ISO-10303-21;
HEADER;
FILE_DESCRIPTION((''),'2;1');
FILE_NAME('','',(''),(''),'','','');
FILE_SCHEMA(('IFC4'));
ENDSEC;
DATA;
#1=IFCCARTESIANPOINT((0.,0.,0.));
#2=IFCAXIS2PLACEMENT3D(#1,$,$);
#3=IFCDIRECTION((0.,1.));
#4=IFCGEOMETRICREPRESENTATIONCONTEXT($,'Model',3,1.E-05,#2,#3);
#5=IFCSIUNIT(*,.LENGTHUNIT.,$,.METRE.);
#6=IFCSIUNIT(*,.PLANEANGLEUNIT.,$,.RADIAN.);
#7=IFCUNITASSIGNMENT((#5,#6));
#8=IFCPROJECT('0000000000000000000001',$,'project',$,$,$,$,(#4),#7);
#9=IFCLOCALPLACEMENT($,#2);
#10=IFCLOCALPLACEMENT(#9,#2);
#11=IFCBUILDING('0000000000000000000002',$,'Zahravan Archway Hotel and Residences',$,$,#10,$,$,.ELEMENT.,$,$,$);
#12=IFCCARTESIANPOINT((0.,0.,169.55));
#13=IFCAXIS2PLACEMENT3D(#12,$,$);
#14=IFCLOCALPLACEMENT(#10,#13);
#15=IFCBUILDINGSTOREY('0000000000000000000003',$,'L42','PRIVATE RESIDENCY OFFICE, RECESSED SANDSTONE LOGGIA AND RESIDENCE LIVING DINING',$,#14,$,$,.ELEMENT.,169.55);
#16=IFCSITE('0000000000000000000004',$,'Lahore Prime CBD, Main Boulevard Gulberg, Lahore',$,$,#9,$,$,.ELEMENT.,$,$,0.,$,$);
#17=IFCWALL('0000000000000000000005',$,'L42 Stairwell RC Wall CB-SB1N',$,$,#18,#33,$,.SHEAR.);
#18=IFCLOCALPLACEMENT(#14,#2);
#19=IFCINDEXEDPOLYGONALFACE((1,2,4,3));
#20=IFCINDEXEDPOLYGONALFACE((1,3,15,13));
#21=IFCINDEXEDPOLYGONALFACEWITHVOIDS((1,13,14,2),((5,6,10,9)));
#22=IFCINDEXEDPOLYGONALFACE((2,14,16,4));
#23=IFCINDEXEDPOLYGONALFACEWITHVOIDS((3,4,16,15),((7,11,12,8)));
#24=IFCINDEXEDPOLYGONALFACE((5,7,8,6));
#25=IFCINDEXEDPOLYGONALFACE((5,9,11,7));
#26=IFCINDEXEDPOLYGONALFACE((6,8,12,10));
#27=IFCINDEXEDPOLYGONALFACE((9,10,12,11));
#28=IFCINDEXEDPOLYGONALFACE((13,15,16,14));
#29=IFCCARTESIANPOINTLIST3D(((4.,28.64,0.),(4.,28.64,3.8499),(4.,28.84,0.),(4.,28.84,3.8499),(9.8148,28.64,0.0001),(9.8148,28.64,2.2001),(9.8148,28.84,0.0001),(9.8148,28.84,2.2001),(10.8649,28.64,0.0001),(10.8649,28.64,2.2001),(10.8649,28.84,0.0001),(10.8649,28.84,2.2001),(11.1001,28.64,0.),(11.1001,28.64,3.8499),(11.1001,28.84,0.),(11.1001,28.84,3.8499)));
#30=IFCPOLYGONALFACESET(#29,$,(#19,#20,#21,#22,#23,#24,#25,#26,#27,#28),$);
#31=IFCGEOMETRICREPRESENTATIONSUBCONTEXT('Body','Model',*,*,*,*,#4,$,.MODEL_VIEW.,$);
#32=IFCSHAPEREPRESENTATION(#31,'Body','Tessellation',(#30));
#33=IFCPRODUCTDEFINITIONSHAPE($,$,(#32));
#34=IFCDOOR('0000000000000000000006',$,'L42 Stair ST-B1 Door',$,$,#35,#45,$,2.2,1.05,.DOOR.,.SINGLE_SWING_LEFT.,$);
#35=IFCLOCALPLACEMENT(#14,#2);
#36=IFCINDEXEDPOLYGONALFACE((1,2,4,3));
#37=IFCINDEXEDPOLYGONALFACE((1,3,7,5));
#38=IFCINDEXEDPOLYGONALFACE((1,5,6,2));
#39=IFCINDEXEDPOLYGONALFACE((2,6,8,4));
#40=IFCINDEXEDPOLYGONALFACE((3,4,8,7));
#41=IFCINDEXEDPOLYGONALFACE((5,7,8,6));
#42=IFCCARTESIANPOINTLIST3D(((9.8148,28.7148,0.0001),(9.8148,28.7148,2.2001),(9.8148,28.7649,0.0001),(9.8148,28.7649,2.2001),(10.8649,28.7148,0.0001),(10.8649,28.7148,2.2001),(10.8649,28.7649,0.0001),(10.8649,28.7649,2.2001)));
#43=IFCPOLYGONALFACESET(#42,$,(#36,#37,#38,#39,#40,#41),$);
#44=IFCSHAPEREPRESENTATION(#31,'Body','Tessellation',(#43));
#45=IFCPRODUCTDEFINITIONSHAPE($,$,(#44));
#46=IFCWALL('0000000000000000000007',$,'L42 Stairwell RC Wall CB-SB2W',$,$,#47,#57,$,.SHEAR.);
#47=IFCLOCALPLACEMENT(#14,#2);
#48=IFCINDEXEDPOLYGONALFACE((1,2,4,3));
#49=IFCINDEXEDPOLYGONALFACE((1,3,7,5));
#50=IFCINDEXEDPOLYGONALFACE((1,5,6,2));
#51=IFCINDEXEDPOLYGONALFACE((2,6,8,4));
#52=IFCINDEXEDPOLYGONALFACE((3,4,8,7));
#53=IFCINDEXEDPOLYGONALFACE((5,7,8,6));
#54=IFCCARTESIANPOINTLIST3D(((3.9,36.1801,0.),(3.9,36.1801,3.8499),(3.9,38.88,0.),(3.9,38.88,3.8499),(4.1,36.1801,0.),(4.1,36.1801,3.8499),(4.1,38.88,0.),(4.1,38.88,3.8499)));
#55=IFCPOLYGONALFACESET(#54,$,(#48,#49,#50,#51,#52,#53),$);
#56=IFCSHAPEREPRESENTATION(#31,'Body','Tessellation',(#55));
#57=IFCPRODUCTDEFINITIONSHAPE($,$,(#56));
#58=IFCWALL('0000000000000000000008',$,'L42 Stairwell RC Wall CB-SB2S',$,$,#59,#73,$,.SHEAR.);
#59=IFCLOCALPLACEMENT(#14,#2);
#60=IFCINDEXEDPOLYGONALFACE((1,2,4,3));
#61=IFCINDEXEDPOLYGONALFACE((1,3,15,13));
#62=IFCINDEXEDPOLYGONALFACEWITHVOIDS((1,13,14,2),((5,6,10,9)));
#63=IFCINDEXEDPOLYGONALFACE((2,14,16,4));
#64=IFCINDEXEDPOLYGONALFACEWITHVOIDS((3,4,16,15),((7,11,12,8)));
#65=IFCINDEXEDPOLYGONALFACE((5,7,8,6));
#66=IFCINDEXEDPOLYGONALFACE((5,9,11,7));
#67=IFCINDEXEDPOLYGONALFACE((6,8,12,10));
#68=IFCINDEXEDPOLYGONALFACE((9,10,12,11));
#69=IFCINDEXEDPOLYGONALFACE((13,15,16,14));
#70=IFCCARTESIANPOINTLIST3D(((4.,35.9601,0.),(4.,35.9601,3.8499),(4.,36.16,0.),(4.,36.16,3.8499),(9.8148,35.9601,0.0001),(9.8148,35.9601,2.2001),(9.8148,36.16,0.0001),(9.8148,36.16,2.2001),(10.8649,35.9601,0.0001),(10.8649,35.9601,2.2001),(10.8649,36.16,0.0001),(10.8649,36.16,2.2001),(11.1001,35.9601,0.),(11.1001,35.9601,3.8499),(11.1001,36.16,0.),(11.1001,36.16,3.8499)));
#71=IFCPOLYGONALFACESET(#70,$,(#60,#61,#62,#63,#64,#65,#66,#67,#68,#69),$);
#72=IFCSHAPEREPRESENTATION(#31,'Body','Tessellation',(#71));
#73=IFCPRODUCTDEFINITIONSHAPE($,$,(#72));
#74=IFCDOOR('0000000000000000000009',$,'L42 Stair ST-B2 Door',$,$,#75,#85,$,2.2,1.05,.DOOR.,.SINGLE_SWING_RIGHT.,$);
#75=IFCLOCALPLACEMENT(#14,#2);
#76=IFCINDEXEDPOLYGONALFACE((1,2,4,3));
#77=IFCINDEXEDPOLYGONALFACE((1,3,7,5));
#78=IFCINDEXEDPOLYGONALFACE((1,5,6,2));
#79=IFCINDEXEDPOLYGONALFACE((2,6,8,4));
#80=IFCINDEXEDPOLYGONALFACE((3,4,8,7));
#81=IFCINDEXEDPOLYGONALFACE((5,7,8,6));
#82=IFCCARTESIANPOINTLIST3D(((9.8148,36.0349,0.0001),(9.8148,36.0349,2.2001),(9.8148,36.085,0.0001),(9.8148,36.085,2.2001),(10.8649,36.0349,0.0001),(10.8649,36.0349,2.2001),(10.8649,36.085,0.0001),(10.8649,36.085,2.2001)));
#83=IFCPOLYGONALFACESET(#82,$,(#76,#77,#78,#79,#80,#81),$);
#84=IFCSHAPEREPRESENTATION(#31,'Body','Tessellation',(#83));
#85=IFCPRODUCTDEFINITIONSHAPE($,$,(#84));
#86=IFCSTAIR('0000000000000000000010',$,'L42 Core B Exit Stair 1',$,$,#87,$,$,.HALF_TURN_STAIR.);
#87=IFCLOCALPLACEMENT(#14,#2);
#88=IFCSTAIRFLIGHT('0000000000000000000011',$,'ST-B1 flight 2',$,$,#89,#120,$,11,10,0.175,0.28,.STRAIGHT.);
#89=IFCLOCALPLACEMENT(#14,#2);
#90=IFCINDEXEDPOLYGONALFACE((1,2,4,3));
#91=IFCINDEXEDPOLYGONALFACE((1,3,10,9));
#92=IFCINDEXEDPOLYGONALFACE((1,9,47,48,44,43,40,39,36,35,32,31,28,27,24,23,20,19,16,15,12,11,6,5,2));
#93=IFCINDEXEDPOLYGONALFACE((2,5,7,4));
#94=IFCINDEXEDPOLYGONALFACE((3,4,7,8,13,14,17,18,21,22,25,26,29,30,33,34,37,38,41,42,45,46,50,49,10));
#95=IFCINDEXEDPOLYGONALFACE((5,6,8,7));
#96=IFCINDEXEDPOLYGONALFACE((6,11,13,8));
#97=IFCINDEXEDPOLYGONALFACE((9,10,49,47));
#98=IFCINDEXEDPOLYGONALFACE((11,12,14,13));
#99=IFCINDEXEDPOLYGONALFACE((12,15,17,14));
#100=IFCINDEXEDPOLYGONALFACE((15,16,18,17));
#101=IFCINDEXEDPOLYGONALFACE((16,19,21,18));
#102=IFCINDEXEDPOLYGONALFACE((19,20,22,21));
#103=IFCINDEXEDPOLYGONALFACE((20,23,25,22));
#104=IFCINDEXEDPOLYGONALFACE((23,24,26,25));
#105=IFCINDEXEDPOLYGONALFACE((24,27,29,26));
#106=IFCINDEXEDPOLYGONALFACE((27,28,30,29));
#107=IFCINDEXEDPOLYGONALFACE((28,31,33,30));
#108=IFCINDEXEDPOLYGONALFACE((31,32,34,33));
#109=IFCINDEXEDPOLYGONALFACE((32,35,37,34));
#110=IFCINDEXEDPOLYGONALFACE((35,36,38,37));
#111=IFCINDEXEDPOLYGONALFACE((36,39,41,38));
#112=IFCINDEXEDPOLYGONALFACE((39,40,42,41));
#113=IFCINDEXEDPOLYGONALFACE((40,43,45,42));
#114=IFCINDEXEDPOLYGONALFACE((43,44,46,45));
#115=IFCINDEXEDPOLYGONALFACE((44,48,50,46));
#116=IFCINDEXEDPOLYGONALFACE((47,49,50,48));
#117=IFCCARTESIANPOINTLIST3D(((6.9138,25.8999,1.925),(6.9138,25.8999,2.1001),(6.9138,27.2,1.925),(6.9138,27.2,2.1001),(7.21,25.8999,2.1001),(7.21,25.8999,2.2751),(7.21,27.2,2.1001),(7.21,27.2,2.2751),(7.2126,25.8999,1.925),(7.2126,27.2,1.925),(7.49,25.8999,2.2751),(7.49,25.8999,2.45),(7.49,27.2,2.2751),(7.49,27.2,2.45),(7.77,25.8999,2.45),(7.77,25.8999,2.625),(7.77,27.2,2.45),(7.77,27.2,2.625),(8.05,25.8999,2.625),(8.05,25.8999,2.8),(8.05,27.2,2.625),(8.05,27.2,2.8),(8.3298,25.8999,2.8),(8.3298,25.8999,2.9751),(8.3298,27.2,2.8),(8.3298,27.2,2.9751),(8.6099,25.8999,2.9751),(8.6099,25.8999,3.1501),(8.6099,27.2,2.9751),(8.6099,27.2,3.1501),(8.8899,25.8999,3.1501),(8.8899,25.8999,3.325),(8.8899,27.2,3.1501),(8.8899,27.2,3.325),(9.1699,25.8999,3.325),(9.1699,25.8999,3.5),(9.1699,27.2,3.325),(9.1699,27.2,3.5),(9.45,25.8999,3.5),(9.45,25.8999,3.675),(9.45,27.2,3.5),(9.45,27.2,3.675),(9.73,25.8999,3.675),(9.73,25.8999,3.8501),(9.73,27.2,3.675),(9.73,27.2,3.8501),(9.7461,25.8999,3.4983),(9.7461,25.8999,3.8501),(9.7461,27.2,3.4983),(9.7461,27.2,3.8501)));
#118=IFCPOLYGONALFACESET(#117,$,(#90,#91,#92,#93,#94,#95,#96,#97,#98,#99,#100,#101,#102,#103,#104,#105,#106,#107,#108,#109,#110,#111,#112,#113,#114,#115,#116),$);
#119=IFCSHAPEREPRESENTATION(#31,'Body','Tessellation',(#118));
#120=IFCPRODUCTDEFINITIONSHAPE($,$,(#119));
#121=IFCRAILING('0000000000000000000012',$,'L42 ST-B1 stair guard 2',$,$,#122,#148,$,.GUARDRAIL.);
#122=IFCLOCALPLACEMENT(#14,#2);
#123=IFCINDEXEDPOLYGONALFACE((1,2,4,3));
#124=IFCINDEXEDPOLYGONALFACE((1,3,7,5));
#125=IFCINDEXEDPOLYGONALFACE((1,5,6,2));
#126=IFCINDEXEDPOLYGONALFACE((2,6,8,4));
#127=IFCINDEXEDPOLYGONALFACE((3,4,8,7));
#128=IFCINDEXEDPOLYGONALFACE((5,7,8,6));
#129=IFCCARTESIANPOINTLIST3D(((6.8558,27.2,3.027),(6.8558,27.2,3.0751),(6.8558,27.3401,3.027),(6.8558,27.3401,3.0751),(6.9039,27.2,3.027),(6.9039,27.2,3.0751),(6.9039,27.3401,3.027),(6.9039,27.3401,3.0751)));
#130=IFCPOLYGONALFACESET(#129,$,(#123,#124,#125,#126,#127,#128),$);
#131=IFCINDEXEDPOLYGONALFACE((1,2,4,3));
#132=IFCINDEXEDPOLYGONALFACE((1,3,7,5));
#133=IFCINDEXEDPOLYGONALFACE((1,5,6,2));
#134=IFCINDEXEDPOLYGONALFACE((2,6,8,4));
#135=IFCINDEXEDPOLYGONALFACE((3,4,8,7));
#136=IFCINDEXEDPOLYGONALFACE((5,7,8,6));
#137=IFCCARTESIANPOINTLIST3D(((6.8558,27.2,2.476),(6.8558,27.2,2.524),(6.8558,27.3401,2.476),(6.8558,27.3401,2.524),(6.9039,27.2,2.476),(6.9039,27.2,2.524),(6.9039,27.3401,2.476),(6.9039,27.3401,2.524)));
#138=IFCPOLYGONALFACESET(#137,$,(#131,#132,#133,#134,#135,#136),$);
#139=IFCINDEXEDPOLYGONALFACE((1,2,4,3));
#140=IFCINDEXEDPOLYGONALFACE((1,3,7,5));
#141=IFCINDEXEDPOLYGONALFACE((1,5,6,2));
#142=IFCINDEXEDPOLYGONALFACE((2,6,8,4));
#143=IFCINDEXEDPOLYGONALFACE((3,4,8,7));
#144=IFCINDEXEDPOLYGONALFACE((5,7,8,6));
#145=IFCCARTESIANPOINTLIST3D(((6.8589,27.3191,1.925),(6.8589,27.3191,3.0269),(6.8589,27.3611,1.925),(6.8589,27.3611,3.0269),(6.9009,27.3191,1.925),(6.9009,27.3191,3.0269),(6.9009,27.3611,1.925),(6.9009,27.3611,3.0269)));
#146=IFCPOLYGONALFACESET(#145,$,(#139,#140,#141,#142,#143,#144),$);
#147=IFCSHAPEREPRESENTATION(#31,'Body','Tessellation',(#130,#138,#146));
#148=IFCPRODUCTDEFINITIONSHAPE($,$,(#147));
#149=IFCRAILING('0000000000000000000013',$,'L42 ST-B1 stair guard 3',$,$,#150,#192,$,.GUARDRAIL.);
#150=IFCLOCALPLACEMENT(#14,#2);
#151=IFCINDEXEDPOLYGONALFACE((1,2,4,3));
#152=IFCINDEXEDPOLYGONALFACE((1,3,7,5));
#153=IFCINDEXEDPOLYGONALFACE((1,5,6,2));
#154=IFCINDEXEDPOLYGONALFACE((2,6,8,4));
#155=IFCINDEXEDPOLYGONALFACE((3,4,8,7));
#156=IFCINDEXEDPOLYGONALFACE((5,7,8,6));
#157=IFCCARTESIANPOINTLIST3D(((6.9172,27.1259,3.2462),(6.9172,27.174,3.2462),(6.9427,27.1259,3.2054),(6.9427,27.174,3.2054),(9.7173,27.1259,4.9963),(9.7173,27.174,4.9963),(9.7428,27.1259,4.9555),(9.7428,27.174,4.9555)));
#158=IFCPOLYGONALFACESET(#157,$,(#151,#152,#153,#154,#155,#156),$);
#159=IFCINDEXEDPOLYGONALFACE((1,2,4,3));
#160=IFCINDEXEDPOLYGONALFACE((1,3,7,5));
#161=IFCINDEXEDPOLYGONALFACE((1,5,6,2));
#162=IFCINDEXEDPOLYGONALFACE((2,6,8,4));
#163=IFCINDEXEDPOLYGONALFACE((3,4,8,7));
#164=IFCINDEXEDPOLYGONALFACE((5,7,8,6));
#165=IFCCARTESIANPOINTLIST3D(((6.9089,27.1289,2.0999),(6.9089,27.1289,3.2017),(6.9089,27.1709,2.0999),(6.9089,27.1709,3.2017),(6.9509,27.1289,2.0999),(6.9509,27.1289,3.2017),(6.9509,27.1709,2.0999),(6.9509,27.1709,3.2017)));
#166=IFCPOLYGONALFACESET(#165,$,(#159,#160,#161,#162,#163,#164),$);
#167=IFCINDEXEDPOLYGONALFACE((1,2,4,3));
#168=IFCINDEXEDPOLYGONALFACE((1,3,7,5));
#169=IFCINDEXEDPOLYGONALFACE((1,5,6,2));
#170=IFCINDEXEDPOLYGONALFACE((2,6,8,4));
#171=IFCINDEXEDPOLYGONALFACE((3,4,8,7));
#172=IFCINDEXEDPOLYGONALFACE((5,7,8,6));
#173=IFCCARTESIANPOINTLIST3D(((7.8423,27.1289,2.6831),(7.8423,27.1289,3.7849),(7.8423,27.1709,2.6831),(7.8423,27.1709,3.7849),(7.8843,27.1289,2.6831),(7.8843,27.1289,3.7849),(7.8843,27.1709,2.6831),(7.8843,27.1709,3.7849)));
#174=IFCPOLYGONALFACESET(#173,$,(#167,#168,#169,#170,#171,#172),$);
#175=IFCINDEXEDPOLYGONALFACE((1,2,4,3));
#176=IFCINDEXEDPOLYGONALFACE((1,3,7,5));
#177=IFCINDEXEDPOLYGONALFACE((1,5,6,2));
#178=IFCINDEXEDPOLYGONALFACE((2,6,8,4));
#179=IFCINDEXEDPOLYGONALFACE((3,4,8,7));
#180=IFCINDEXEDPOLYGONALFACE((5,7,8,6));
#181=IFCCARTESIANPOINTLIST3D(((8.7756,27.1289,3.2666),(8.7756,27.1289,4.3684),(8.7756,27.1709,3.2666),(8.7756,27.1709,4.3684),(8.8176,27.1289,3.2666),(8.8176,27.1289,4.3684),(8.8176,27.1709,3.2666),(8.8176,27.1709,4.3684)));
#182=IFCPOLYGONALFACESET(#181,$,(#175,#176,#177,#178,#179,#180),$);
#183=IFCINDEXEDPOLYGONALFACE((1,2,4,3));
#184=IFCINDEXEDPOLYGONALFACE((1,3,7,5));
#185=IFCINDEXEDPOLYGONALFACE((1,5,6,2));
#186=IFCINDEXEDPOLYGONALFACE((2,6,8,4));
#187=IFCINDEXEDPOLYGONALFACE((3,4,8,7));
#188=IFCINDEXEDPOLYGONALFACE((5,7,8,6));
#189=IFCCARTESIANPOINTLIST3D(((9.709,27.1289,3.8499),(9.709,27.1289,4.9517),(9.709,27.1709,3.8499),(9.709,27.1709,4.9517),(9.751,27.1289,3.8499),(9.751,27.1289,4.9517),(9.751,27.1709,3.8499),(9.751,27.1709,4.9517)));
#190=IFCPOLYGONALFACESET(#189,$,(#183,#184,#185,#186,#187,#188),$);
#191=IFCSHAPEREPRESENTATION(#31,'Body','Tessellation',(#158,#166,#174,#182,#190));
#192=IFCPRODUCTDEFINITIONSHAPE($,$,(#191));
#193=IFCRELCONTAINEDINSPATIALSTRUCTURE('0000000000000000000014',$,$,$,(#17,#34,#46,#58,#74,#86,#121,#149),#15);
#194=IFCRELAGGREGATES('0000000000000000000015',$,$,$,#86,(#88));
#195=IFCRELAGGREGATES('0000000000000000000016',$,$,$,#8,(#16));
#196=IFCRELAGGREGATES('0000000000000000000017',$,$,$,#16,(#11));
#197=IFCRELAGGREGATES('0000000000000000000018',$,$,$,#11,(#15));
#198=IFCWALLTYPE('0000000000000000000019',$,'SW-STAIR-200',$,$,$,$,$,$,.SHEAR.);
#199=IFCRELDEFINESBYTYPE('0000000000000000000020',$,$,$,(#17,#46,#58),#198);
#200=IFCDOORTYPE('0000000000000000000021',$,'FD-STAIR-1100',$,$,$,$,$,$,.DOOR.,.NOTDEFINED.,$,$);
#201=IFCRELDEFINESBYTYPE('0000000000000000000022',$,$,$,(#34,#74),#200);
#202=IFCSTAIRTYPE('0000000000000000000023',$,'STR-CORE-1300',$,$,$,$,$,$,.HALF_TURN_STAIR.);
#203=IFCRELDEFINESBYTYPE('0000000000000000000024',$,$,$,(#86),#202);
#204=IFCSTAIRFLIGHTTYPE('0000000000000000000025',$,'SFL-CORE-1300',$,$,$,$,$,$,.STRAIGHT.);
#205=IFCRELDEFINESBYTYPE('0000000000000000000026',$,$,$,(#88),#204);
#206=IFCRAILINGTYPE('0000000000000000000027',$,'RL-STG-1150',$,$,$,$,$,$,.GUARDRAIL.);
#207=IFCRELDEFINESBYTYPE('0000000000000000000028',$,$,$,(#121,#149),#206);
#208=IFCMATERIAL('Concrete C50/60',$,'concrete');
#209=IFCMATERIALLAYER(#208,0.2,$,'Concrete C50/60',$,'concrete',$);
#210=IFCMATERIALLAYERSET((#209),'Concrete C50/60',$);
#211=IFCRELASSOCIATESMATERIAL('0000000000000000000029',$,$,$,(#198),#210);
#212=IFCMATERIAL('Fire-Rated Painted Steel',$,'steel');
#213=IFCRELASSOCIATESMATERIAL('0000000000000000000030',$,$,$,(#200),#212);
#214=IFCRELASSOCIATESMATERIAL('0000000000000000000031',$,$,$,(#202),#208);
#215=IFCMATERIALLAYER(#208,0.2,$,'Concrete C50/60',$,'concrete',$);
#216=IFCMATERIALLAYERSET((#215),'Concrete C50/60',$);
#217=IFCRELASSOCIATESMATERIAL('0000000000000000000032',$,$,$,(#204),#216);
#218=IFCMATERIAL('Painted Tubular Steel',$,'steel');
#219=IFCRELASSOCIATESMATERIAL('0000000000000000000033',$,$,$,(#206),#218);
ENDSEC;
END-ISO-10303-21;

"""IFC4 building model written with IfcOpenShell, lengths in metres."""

from ifc_helpers import new_model, si_unit, direction, frame, frame_2d, origin, origin_2d, place, context, subcontext, project, spatial, polyline, rectangle, outline, extrude, source, transform, mapped, material, layer, layer_set, type_object, type_shapes, element, fill, aggregate, save


model = new_model("IFC4")

# Units and contexts
model_context = context("Model", 3, precision=1e-05, world=origin(), true_north=direction((0.0, 1.0)))
body_context = subcontext(model_context, "Body", "Model", "MODEL_VIEW")
ifc_project = project(units=[si_unit("LENGTHUNIT", "METRE"), si_unit("PLANEANGLEUNIT", "RADIAN")], contexts=[model_context])

# Site, building, storey
site_placement = place(None, origin())
site = spatial("IfcSite", under=ifc_project, at=site_placement, Name="Lahore Prime CBD, Main Boulevard Gulberg, Lahore", CompositionType="ELEMENT", RefElevation=0.0)
building_placement = place(site_placement, origin())
building = spatial("IfcBuilding", under=site, at=building_placement, Name="Zahravan Archway Hotel and Residences", CompositionType="ELEMENT")
storey_placement = place(building_placement, frame((0.0, 0.0, 169.55)))
storey = spatial("IfcBuildingStorey", under=building, at=storey_placement, Name="L42", Description="PRIVATE RESIDENCY OFFICE, RECESSED SANDSTONE LOGGIA AND RESIDENCE LIVING DINING", CompositionType="ELEMENT", Elevation=169.55)

# Shared definitions
ifc_material_1 = material(Name="Fire-Rated Painted Steel", Category="steel")

# Shared definitions
ifc_material_2 = material(Name="Concrete C50/60", Category="concrete")
ifc_layer_1 = layer(ifc_material_2, 0.2, Name="Concrete C50/60", Category="concrete")
ifc_layer_set_1 = layer_set([ifc_layer_1], Name="Concrete C50/60")
wall_type_1 = type_object("IfcWallType", Name="SW-STAIR-200", PredefinedType="SHEAR", material=ifc_layer_set_1)

# Wall, opening, door
wall_1_placement = place(storey_placement, frame((4.0, 28.74, 0.0), z_axis=(0.0, 0.0, 1.0), x_axis=(1.0, 0.0, 0.0)))
wall_1 = element("IfcWall", 1, at=wall_1_placement, inside=storey, type_object=wall_type_1, Name="L42 Stairwell RC Wall CB-SB1N", PredefinedType="SHEAR", context=body_context, shape_type="SweptSolid", body=[
    extrude(rectangle(XDim=7.1001, YDim=0.2, at=frame_2d((3.55, 0.0))), origin(), (0.0, 0.0, 1.0), 3.8499),
])
opening_1_placement = place(wall_1_placement, frame((5.8149, 0.0, 0.0)))
opening_1 = element("IfcOpeningElement", 2, at=opening_1_placement, cuts=wall_1, PredefinedType="OPENING", context=body_context, shape_type="SweptSolid", body=[
    extrude(rectangle(XDim=1.05, YDim=2.2, at=frame_2d((0.5249, 1.1001))), frame((0.0, 0.1099, 0.0), z_axis=(0.0, -1.0, 0.0), x_axis=(1.0, 0.0, 0.0)), (0.0, 0.0, 1.0), 0.22),
])
door_type_1 = type_object("IfcDoorType", Name="FD-STAIR-1100", OperationType="NOTDEFINED", PredefinedType="DOOR", material=ifc_material_1)
shared_shape_1 = source(origin(), body_context, "Body", "SweptSolid", [
    extrude(rectangle(XDim=1.05, YDim=2.2, at=frame_2d((0.5249, 1.1001))), frame((0.0, 0.0249, 0.0), z_axis=(0.0, -1.0, 0.0), x_axis=(1.0, 0.0, 0.0)), (0.0, 0.0, 1.0), 0.05),
])
type_shapes(door_type_1, [shared_shape_1])
door_1_placement = place(opening_1_placement, origin())
door_1 = element("IfcDoor", 3, at=door_1_placement, inside=storey, type_object=door_type_1, Name="L42 Stair ST-B1 Door", OperationType="SINGLE_SWING_LEFT", OverallHeight=2.2, OverallWidth=1.05, PredefinedType="DOOR", context=body_context, shape_type="MappedRepresentation", body=[
    mapped(shared_shape_1, transform((0.0, 0.0, 0.0), scale=1.0)),
])
fill(opening_1, door_1)

# Wall
wall_2_placement = place(storey_placement, frame((4.0, 36.1799, 0.0), z_axis=(0.0, 0.0, 1.0), x_axis=(0.0, 1.0, 0.0)))
element("IfcWall", 4, at=wall_2_placement, inside=storey, type_object=wall_type_1, Name="L42 Stairwell RC Wall CB-SB2W", PredefinedType="SHEAR", context=body_context, shape_type="SweptSolid", body=[
    extrude(rectangle(XDim=2.7, YDim=0.2, at=frame_2d((1.3501, 0.0))), origin(), (0.0, 0.0, 1.0), 3.8499),
])

# Wall, opening, door
wall_3_placement = place(storey_placement, frame((4.0, 36.0601, 0.0), z_axis=(0.0, 0.0, 1.0), x_axis=(1.0, 0.0, 0.0)))
wall_3 = element("IfcWall", 5, at=wall_3_placement, inside=storey, type_object=wall_type_1, Name="L42 Stairwell RC Wall CB-SB2S", PredefinedType="SHEAR", context=body_context, shape_type="SweptSolid", body=[
    extrude(rectangle(XDim=7.1001, YDim=0.2, at=frame_2d((3.55, 0.0))), origin(), (0.0, 0.0, 1.0), 3.8499),
])
opening_2_placement = place(wall_3_placement, frame((5.8149, 0.0, 0.0)))
opening_2 = element("IfcOpeningElement", 6, at=opening_2_placement, cuts=wall_3, PredefinedType="OPENING", context=body_context, shape_type="SweptSolid", body=[
    extrude(rectangle(XDim=1.05, YDim=2.2, at=frame_2d((0.5249, 1.1001))), frame((0.0, 0.1099, 0.0), z_axis=(0.0, -1.0, 0.0), x_axis=(1.0, 0.0, 0.0)), (0.0, 0.0, 1.0), 0.22),
])
door_2_placement = place(opening_2_placement, origin())
door_2 = element("IfcDoor", 7, at=door_2_placement, inside=storey, type_object=door_type_1, Name="L42 Stair ST-B2 Door", OperationType="SINGLE_SWING_RIGHT", OverallHeight=2.2, OverallWidth=1.05, PredefinedType="DOOR", context=body_context, shape_type="MappedRepresentation", body=[
    mapped(shared_shape_1, transform((0.0, 0.0, 0.0), scale=1.0)),
])
fill(opening_2, door_2)

# Stair, stair flight
stair_type = type_object("IfcStairType", Name="STR-CORE-1300", PredefinedType="HALF_TURN_STAIR", material=ifc_material_2)
stair_placement = place(storey_placement, origin())
stair = element("IfcStair", 8, at=stair_placement, inside=storey, type_object=stair_type, Name="L42 Core B Exit Stair 1", PredefinedType="HALF_TURN_STAIR")
ifc_layer_2 = layer(ifc_material_2, 0.2, Name="Concrete C50/60", Category="concrete")
ifc_layer_set_2 = layer_set([ifc_layer_2], Name="Concrete C50/60")
stair_flight_type = type_object("IfcStairFlightType", Name="SFL-CORE-1300", PredefinedType="STRAIGHT", material=ifc_layer_set_2)
shared_shape_2 = source(origin(), body_context, "Body", "SweptSolid", [
    extrude(outline(polyline([(-0.0161, 0.0), (-0.0161, 0.175), (0.28, 0.175), (0.28, 0.3501), (0.5601, 0.3501), (0.5601, 0.5249), (0.8401, 0.5249), (0.8401, 0.7), (1.1201, 0.7), (1.1201, 0.875), (1.3999, 0.875), (1.3999, 1.05), (1.6799, 1.05), (1.6799, 1.2251), (1.96, 1.2251), (1.96, 1.3999), (2.24, 1.3999), (2.24, 1.575), (2.52, 1.575), (2.52, 1.75), (2.8, 1.75), (2.8, 1.925), (2.8162, 1.925), (2.8162, 1.5732), (0.2827, 0.0), (-0.0161, 0.0)])), frame((0.0, 0.6499, 0.0), z_axis=(0.0, -1.0, 0.0), x_axis=(1.0, 0.0, 0.0)), (0.0, 0.0, 1.0), 1.3),
])
stair_flight_placement = place(storey_placement, frame((6.9299, 26.55, 1.925), z_axis=(0.0, 0.0, 1.0), x_axis=(1.0, 0.0, 0.0)))
stair_flight = element("IfcStairFlight", 9, at=stair_flight_placement, type_object=stair_flight_type, Name="ST-B1 flight 2", NumberOfRisers=11, NumberOfTreads=10, PredefinedType="STRAIGHT", RiserHeight=0.175, TreadLength=0.28, context=body_context, shape_type="MappedRepresentation", body=[
    mapped(shared_shape_2, transform((0.0, 0.0, 0.0), scale=1.0)),
])
aggregate(stair, [stair_flight])

# Railings
ifc_material_3 = material(Name="Painted Tubular Steel", Category="steel")
railing_type_1 = type_object("IfcRailingType", Name="RL-STG-1150", PredefinedType="GUARDRAIL", material=ifc_material_3)
railing_1_placement = place(storey_placement, frame((6.8799, 27.3401, 1.925)))
element("IfcRailing", 10, at=railing_1_placement, inside=storey, type_object=railing_type_1, Name="L42 ST-B1 stair guard 2", PredefinedType="GUARDRAIL", context=body_context, shape_type="SweptSolid", body=[
    extrude(rectangle(XDim=0.0481, YDim=0.0481, at=origin_2d()), frame((0.0, 0.0, 1.126), z_axis=(0.0, -1.0, 0.0), x_axis=(1.0, 0.0, 0.0)), (0.0, 0.0, 1.0), 0.1401),
    extrude(rectangle(XDim=0.0481, YDim=0.0481, at=origin_2d()), frame((0.0, 0.0, 0.575), z_axis=(0.0, -1.0, 0.0), x_axis=(1.0, 0.0, 0.0)), (0.0, 0.0, 1.0), 0.1401),
    extrude(rectangle(XDim=0.042, YDim=0.042, at=origin_2d()), origin(), (0.0, 0.0, 1.0), 1.1018),
])
railing_2_placement = place(storey_placement, frame((6.9299, 27.1499, 2.0999)))
element("IfcRailing", 11, at=railing_2_placement, inside=storey, type_object=railing_type_1, Name="L42 ST-B1 stair guard 3", PredefinedType="GUARDRAIL", context=body_context, shape_type="SweptSolid", body=[
    extrude(rectangle(XDim=0.0481, YDim=0.0481, at=origin_2d()), frame((0.0, 0.0, 1.126), z_axis=(0.848002, 0.0, 0.529992), x_axis=(0.0, 1.0, 0.0)), (0.0, 0.0, 1.0), 3.302),
    extrude(rectangle(XDim=0.042, YDim=0.042, at=origin_2d()), origin(), (0.0, 0.0, 1.0), 1.1018),
    extrude(rectangle(XDim=0.042, YDim=0.042, at=origin_2d()), frame((0.9333, 0.0, 0.5833)), (0.0, 0.0, 1.0), 1.1018),
    extrude(rectangle(XDim=0.042, YDim=0.042, at=origin_2d()), frame((1.8667, 0.0, 1.1667)), (0.0, 0.0, 1.0), 1.1018),
    extrude(rectangle(XDim=0.042, YDim=0.042, at=origin_2d()), frame((2.8, 0.0, 1.75)), (0.0, 0.0, 1.0), 1.1018),
])

save(model, "model.ifc")
